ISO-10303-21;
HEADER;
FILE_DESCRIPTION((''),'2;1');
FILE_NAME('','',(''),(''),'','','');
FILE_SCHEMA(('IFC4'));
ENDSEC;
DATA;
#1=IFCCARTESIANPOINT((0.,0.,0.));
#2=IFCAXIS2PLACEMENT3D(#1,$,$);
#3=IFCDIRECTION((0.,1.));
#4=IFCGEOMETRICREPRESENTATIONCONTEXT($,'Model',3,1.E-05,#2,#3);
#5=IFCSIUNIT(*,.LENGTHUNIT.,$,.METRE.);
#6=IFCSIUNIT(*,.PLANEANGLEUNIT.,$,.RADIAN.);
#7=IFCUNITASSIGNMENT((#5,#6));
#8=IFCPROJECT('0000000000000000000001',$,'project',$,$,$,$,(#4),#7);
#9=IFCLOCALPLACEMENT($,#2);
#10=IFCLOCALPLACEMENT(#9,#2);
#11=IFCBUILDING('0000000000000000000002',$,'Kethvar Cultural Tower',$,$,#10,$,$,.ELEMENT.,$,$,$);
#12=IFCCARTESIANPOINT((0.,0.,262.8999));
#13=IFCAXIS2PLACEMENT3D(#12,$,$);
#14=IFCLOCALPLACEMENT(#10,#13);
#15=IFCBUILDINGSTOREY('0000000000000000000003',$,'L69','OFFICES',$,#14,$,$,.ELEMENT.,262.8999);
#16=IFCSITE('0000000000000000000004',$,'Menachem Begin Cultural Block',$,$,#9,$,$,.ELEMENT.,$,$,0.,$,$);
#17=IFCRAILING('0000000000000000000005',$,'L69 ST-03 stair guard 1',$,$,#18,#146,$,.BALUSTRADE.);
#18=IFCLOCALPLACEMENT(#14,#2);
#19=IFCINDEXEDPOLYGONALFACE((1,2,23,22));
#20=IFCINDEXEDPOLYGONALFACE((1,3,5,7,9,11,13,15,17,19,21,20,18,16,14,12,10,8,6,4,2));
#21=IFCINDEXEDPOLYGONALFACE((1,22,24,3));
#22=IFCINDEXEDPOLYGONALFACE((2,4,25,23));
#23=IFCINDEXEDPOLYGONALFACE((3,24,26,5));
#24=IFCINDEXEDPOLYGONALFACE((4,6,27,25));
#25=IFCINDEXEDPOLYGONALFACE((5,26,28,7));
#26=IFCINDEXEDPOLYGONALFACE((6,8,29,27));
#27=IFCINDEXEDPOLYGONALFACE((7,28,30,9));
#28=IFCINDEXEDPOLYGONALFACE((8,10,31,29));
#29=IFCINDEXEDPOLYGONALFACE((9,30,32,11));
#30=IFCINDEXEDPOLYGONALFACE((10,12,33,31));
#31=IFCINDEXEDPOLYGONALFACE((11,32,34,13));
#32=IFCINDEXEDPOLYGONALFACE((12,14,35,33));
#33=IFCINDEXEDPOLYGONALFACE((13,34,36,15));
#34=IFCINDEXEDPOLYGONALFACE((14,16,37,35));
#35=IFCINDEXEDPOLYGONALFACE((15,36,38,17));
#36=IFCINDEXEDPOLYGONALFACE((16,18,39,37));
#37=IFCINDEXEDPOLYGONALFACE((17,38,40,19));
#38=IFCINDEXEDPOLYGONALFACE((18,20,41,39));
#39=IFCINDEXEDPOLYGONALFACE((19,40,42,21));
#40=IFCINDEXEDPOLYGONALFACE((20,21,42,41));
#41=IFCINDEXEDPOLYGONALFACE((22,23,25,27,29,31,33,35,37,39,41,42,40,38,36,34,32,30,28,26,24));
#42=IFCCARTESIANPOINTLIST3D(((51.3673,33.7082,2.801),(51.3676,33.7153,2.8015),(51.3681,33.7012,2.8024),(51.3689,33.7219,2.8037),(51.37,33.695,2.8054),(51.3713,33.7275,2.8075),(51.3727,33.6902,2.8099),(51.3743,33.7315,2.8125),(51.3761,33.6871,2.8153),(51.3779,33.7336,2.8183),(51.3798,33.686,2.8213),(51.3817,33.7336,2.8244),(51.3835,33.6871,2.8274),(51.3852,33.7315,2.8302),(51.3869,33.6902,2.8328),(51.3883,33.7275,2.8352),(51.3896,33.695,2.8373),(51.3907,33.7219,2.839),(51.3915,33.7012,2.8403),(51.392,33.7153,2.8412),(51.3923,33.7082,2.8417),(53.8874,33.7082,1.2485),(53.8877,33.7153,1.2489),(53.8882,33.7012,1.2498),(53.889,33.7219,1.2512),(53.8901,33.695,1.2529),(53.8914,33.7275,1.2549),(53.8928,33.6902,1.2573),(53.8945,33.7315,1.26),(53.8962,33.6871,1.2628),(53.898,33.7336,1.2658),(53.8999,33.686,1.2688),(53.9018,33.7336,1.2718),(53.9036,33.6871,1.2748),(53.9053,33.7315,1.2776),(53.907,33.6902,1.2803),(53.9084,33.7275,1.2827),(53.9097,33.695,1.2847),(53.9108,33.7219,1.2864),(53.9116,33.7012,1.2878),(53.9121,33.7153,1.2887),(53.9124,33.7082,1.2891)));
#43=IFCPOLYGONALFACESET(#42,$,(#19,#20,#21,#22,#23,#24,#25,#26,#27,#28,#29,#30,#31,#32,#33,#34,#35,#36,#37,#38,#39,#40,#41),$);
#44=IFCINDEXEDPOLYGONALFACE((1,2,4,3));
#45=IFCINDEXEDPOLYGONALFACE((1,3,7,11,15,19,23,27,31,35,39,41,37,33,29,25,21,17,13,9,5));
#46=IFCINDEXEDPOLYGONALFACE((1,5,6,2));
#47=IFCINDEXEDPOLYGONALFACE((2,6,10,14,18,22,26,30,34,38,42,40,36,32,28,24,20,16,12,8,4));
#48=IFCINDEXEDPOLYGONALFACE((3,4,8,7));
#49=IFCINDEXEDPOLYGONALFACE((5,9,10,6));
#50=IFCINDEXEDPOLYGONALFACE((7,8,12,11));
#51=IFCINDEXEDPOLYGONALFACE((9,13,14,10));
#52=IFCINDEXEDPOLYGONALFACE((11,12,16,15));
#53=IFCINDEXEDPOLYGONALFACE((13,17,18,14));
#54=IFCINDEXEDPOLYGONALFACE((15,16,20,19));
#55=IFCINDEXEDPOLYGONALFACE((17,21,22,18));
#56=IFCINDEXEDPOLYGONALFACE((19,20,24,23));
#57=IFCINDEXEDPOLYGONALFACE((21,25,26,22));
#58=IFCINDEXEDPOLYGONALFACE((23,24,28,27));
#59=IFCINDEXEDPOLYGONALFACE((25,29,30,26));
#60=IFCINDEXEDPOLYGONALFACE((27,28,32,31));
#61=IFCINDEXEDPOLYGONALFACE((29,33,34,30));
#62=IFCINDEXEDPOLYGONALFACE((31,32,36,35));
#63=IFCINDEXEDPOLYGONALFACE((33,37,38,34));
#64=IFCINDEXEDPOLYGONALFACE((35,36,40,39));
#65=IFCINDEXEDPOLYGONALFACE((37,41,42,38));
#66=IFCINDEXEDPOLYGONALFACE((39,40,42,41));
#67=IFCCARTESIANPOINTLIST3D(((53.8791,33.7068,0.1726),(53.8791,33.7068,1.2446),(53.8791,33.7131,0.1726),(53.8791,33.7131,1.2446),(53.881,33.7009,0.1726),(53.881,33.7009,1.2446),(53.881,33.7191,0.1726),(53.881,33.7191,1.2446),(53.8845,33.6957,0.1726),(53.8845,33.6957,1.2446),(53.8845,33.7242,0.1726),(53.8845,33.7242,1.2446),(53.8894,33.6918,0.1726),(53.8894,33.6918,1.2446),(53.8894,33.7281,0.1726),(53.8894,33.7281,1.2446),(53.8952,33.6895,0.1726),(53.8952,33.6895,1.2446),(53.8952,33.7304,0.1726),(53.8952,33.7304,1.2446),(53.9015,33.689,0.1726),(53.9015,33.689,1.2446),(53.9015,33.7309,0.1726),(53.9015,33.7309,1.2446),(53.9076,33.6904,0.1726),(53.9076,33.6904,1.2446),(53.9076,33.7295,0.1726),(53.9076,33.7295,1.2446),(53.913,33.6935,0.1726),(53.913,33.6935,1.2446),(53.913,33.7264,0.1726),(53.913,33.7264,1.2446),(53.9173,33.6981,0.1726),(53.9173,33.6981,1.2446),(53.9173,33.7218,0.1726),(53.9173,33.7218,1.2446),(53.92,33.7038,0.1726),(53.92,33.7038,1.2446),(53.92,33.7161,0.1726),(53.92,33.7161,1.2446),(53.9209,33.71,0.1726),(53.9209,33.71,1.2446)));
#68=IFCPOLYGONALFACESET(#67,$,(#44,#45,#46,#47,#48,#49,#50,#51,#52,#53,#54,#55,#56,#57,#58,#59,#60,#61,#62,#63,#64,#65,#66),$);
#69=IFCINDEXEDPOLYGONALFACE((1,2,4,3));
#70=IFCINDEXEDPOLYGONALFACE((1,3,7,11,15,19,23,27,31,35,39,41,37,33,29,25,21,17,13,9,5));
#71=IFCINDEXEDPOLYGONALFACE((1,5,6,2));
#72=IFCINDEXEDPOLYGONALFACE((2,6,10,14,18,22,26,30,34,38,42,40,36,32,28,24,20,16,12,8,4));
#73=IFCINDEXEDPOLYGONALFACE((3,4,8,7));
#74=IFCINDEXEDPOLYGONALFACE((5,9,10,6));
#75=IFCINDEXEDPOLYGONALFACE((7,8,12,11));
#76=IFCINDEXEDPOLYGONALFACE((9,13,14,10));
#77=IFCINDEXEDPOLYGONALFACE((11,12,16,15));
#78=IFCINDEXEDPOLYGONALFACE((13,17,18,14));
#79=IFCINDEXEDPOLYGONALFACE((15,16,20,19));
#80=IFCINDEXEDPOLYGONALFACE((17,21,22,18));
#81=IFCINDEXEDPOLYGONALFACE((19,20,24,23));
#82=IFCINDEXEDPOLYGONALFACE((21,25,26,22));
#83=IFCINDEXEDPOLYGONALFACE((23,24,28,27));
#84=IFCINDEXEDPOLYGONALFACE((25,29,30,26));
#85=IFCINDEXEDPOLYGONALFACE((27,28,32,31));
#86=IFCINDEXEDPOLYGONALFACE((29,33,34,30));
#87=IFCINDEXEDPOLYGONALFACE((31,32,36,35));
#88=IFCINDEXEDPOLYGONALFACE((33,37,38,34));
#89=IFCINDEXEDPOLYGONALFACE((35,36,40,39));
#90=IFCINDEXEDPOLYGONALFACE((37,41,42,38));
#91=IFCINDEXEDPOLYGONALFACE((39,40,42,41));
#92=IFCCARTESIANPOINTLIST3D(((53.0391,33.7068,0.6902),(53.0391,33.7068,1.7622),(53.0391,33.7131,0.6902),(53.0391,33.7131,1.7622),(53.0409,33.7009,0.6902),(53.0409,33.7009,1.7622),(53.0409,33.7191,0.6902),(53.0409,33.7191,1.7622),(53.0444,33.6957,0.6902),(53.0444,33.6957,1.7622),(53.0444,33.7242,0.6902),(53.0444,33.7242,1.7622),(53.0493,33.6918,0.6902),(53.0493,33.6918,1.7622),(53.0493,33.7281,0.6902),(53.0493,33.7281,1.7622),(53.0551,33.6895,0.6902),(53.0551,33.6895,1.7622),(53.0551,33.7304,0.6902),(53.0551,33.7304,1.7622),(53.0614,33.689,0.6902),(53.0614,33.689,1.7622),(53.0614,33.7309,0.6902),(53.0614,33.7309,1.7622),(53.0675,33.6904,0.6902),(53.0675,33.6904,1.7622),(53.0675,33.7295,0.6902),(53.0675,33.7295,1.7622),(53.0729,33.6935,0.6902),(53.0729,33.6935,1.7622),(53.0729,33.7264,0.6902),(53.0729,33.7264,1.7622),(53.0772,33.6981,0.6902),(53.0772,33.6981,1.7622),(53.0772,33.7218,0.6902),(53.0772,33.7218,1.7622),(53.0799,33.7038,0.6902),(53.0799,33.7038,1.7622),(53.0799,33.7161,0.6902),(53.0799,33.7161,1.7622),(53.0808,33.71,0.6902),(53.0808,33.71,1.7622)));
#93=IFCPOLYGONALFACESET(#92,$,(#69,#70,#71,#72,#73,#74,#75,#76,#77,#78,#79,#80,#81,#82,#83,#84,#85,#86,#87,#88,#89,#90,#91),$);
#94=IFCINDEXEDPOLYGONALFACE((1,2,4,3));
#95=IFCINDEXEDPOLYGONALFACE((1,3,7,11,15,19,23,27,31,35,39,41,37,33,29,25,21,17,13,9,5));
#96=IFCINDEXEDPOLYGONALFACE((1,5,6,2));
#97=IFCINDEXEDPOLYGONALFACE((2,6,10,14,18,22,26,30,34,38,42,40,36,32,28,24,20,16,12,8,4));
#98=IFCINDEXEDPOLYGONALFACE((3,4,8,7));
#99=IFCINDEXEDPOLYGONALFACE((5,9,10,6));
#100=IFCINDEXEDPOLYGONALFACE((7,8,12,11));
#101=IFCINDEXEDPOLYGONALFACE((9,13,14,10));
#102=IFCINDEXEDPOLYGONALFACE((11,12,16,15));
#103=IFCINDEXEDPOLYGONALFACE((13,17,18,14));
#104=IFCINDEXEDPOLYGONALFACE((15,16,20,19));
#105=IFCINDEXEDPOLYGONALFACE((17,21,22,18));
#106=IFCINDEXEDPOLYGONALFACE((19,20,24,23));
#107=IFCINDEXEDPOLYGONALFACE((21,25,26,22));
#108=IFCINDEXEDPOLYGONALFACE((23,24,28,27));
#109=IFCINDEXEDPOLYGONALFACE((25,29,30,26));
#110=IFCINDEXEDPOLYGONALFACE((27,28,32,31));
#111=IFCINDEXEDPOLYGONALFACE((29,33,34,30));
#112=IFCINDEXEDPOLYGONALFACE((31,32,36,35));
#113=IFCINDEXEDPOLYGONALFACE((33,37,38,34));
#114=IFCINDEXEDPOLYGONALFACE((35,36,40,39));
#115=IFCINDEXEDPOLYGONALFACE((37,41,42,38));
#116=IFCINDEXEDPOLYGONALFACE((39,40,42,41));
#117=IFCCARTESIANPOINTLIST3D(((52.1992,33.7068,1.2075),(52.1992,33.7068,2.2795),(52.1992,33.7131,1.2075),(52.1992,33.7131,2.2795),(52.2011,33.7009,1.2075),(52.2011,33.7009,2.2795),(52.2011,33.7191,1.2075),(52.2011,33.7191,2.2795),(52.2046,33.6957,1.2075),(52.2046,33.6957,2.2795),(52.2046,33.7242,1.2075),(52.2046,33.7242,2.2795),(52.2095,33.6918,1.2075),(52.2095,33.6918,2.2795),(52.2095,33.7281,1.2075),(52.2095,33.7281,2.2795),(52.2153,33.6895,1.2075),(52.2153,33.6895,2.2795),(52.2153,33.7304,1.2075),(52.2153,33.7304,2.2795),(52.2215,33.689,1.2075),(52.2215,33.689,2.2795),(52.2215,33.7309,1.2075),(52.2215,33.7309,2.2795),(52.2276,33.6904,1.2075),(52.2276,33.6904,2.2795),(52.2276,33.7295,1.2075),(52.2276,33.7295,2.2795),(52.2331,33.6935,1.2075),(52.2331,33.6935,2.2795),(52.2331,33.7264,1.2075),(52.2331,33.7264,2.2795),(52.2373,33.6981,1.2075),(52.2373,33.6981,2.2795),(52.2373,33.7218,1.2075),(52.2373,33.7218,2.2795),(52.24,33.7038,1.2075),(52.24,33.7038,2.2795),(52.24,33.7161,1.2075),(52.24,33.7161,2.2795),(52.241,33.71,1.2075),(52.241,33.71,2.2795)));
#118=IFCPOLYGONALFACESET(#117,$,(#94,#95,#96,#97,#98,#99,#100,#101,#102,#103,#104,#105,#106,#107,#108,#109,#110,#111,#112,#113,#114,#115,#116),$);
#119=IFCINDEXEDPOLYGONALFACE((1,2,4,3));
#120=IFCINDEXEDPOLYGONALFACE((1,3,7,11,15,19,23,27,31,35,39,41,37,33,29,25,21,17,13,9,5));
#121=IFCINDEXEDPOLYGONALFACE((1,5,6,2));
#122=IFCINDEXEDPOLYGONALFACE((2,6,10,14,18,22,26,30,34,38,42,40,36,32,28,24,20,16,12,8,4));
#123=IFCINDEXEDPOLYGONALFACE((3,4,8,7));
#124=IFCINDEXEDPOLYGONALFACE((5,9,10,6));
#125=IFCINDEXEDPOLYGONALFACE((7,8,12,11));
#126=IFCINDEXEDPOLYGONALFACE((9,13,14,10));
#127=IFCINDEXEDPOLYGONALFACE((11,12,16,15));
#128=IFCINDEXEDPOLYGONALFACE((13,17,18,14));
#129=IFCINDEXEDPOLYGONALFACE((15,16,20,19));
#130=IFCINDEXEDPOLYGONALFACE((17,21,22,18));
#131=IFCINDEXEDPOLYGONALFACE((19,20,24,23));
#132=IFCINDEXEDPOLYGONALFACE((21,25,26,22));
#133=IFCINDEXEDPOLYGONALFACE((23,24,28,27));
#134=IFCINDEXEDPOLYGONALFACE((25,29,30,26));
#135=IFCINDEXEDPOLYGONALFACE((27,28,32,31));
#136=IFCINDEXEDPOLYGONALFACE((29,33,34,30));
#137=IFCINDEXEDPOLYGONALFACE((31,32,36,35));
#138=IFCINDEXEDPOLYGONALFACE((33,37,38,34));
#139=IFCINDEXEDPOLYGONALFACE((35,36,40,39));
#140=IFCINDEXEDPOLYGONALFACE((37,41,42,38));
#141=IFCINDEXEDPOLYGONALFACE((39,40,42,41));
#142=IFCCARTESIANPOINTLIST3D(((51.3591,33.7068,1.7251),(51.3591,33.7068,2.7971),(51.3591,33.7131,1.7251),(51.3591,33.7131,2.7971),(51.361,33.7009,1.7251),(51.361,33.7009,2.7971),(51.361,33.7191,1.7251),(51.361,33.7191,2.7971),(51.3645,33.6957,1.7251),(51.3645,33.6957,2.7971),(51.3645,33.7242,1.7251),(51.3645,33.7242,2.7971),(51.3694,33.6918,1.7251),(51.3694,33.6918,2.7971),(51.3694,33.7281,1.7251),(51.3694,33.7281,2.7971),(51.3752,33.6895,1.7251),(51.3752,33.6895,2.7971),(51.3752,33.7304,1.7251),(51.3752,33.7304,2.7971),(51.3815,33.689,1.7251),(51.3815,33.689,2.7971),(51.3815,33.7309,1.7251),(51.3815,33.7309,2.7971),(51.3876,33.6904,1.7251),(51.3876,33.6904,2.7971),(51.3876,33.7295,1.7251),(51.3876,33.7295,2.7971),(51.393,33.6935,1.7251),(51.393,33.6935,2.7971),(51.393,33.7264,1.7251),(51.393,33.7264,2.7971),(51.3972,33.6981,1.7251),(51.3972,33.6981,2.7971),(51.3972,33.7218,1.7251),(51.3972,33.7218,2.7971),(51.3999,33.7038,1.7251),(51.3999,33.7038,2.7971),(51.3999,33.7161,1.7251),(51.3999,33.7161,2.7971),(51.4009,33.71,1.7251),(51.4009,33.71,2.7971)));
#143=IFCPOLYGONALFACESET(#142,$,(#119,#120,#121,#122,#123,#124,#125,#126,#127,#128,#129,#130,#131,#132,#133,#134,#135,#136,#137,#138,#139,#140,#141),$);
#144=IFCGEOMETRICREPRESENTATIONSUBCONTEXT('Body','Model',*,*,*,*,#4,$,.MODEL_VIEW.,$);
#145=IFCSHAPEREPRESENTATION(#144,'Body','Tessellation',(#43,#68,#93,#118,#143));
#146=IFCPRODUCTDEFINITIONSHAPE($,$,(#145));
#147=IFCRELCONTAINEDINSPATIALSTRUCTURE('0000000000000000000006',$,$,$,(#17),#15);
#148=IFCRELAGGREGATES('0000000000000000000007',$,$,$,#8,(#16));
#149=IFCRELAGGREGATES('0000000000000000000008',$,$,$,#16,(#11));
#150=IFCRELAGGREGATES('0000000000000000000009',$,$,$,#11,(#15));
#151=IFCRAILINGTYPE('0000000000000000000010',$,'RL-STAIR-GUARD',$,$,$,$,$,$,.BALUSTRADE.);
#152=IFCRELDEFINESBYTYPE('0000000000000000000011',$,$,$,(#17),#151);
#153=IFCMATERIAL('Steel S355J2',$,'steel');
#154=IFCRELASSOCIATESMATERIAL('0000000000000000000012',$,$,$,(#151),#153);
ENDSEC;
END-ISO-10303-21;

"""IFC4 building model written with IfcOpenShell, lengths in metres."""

from ifc_helpers import new_model, si_unit, direction, frame, origin, origin_2d, place, context, subcontext, project, spatial, circle, extrude, material, type_object, element, save


model = new_model("IFC4")

# Units and contexts
model_context = context("Model", 3, precision=1e-05, world=origin(), true_north=direction((0.0, 1.0)))
body_context = subcontext(model_context, "Body", "Model", "MODEL_VIEW")
ifc_project = project(units=[si_unit("LENGTHUNIT", "METRE"), si_unit("PLANEANGLEUNIT", "RADIAN")], contexts=[model_context])

# Site, building, storey
site_placement = place(None, origin())
site = spatial("IfcSite", under=ifc_project, at=site_placement, Name="Menachem Begin Cultural Block", CompositionType="ELEMENT", RefElevation=0.0)
building_placement = place(site_placement, origin())
building = spatial("IfcBuilding", under=site, at=building_placement, Name="Kethvar Cultural Tower", CompositionType="ELEMENT")
storey_placement = place(building_placement, frame((0.0, 0.0, 262.8999)))
storey = spatial("IfcBuildingStorey", under=building, at=storey_placement, Name="L69", Description="OFFICES", CompositionType="ELEMENT", Elevation=262.8999)

# Shared definitions
ifc_material_1 = material(Name="Steel S355J2", Category="steel")

# Railing
railing_type_1 = type_object("IfcRailingType", Name="RL-STAIR-GUARD", PredefinedType="BALUSTRADE", material=ifc_material_1)
railing_1_placement = place(storey_placement, frame((53.8999, 33.71, 0.1726)))
element("IfcRailing", 1, at=railing_1_placement, inside=storey, type_object=railing_type_1, Name="L69 ST-03 stair guard 1", PredefinedType="BALUSTRADE", context=body_context, shape_type="SweptSolid", body=[
    extrude(circle(Radius=0.0239, at=origin_2d()), frame((0.0, 0.0, 1.0962), z_axis=(-0.8514, 0.0, 0.524516), x_axis=(0.0, -1.0, 0.0)), (0.0, 0.0, 1.0), 2.96),
    extrude(circle(Radius=0.021, at=origin_2d()), origin(), (0.0, 0.0, 1.0), 1.072),
    extrude(circle(Radius=0.021, at=origin_2d()), frame((-0.8401, 0.0, 0.5176)), (0.0, 0.0, 1.0), 1.072),
    extrude(circle(Radius=0.021, at=origin_2d()), frame((-1.6799, 0.0, 1.0349)), (0.0, 0.0, 1.0), 1.072),
    extrude(circle(Radius=0.021, at=origin_2d()), frame((-2.52, 0.0, 1.5525)), (0.0, 0.0, 1.0), 1.072),
])

save(model, "model.ifc")
